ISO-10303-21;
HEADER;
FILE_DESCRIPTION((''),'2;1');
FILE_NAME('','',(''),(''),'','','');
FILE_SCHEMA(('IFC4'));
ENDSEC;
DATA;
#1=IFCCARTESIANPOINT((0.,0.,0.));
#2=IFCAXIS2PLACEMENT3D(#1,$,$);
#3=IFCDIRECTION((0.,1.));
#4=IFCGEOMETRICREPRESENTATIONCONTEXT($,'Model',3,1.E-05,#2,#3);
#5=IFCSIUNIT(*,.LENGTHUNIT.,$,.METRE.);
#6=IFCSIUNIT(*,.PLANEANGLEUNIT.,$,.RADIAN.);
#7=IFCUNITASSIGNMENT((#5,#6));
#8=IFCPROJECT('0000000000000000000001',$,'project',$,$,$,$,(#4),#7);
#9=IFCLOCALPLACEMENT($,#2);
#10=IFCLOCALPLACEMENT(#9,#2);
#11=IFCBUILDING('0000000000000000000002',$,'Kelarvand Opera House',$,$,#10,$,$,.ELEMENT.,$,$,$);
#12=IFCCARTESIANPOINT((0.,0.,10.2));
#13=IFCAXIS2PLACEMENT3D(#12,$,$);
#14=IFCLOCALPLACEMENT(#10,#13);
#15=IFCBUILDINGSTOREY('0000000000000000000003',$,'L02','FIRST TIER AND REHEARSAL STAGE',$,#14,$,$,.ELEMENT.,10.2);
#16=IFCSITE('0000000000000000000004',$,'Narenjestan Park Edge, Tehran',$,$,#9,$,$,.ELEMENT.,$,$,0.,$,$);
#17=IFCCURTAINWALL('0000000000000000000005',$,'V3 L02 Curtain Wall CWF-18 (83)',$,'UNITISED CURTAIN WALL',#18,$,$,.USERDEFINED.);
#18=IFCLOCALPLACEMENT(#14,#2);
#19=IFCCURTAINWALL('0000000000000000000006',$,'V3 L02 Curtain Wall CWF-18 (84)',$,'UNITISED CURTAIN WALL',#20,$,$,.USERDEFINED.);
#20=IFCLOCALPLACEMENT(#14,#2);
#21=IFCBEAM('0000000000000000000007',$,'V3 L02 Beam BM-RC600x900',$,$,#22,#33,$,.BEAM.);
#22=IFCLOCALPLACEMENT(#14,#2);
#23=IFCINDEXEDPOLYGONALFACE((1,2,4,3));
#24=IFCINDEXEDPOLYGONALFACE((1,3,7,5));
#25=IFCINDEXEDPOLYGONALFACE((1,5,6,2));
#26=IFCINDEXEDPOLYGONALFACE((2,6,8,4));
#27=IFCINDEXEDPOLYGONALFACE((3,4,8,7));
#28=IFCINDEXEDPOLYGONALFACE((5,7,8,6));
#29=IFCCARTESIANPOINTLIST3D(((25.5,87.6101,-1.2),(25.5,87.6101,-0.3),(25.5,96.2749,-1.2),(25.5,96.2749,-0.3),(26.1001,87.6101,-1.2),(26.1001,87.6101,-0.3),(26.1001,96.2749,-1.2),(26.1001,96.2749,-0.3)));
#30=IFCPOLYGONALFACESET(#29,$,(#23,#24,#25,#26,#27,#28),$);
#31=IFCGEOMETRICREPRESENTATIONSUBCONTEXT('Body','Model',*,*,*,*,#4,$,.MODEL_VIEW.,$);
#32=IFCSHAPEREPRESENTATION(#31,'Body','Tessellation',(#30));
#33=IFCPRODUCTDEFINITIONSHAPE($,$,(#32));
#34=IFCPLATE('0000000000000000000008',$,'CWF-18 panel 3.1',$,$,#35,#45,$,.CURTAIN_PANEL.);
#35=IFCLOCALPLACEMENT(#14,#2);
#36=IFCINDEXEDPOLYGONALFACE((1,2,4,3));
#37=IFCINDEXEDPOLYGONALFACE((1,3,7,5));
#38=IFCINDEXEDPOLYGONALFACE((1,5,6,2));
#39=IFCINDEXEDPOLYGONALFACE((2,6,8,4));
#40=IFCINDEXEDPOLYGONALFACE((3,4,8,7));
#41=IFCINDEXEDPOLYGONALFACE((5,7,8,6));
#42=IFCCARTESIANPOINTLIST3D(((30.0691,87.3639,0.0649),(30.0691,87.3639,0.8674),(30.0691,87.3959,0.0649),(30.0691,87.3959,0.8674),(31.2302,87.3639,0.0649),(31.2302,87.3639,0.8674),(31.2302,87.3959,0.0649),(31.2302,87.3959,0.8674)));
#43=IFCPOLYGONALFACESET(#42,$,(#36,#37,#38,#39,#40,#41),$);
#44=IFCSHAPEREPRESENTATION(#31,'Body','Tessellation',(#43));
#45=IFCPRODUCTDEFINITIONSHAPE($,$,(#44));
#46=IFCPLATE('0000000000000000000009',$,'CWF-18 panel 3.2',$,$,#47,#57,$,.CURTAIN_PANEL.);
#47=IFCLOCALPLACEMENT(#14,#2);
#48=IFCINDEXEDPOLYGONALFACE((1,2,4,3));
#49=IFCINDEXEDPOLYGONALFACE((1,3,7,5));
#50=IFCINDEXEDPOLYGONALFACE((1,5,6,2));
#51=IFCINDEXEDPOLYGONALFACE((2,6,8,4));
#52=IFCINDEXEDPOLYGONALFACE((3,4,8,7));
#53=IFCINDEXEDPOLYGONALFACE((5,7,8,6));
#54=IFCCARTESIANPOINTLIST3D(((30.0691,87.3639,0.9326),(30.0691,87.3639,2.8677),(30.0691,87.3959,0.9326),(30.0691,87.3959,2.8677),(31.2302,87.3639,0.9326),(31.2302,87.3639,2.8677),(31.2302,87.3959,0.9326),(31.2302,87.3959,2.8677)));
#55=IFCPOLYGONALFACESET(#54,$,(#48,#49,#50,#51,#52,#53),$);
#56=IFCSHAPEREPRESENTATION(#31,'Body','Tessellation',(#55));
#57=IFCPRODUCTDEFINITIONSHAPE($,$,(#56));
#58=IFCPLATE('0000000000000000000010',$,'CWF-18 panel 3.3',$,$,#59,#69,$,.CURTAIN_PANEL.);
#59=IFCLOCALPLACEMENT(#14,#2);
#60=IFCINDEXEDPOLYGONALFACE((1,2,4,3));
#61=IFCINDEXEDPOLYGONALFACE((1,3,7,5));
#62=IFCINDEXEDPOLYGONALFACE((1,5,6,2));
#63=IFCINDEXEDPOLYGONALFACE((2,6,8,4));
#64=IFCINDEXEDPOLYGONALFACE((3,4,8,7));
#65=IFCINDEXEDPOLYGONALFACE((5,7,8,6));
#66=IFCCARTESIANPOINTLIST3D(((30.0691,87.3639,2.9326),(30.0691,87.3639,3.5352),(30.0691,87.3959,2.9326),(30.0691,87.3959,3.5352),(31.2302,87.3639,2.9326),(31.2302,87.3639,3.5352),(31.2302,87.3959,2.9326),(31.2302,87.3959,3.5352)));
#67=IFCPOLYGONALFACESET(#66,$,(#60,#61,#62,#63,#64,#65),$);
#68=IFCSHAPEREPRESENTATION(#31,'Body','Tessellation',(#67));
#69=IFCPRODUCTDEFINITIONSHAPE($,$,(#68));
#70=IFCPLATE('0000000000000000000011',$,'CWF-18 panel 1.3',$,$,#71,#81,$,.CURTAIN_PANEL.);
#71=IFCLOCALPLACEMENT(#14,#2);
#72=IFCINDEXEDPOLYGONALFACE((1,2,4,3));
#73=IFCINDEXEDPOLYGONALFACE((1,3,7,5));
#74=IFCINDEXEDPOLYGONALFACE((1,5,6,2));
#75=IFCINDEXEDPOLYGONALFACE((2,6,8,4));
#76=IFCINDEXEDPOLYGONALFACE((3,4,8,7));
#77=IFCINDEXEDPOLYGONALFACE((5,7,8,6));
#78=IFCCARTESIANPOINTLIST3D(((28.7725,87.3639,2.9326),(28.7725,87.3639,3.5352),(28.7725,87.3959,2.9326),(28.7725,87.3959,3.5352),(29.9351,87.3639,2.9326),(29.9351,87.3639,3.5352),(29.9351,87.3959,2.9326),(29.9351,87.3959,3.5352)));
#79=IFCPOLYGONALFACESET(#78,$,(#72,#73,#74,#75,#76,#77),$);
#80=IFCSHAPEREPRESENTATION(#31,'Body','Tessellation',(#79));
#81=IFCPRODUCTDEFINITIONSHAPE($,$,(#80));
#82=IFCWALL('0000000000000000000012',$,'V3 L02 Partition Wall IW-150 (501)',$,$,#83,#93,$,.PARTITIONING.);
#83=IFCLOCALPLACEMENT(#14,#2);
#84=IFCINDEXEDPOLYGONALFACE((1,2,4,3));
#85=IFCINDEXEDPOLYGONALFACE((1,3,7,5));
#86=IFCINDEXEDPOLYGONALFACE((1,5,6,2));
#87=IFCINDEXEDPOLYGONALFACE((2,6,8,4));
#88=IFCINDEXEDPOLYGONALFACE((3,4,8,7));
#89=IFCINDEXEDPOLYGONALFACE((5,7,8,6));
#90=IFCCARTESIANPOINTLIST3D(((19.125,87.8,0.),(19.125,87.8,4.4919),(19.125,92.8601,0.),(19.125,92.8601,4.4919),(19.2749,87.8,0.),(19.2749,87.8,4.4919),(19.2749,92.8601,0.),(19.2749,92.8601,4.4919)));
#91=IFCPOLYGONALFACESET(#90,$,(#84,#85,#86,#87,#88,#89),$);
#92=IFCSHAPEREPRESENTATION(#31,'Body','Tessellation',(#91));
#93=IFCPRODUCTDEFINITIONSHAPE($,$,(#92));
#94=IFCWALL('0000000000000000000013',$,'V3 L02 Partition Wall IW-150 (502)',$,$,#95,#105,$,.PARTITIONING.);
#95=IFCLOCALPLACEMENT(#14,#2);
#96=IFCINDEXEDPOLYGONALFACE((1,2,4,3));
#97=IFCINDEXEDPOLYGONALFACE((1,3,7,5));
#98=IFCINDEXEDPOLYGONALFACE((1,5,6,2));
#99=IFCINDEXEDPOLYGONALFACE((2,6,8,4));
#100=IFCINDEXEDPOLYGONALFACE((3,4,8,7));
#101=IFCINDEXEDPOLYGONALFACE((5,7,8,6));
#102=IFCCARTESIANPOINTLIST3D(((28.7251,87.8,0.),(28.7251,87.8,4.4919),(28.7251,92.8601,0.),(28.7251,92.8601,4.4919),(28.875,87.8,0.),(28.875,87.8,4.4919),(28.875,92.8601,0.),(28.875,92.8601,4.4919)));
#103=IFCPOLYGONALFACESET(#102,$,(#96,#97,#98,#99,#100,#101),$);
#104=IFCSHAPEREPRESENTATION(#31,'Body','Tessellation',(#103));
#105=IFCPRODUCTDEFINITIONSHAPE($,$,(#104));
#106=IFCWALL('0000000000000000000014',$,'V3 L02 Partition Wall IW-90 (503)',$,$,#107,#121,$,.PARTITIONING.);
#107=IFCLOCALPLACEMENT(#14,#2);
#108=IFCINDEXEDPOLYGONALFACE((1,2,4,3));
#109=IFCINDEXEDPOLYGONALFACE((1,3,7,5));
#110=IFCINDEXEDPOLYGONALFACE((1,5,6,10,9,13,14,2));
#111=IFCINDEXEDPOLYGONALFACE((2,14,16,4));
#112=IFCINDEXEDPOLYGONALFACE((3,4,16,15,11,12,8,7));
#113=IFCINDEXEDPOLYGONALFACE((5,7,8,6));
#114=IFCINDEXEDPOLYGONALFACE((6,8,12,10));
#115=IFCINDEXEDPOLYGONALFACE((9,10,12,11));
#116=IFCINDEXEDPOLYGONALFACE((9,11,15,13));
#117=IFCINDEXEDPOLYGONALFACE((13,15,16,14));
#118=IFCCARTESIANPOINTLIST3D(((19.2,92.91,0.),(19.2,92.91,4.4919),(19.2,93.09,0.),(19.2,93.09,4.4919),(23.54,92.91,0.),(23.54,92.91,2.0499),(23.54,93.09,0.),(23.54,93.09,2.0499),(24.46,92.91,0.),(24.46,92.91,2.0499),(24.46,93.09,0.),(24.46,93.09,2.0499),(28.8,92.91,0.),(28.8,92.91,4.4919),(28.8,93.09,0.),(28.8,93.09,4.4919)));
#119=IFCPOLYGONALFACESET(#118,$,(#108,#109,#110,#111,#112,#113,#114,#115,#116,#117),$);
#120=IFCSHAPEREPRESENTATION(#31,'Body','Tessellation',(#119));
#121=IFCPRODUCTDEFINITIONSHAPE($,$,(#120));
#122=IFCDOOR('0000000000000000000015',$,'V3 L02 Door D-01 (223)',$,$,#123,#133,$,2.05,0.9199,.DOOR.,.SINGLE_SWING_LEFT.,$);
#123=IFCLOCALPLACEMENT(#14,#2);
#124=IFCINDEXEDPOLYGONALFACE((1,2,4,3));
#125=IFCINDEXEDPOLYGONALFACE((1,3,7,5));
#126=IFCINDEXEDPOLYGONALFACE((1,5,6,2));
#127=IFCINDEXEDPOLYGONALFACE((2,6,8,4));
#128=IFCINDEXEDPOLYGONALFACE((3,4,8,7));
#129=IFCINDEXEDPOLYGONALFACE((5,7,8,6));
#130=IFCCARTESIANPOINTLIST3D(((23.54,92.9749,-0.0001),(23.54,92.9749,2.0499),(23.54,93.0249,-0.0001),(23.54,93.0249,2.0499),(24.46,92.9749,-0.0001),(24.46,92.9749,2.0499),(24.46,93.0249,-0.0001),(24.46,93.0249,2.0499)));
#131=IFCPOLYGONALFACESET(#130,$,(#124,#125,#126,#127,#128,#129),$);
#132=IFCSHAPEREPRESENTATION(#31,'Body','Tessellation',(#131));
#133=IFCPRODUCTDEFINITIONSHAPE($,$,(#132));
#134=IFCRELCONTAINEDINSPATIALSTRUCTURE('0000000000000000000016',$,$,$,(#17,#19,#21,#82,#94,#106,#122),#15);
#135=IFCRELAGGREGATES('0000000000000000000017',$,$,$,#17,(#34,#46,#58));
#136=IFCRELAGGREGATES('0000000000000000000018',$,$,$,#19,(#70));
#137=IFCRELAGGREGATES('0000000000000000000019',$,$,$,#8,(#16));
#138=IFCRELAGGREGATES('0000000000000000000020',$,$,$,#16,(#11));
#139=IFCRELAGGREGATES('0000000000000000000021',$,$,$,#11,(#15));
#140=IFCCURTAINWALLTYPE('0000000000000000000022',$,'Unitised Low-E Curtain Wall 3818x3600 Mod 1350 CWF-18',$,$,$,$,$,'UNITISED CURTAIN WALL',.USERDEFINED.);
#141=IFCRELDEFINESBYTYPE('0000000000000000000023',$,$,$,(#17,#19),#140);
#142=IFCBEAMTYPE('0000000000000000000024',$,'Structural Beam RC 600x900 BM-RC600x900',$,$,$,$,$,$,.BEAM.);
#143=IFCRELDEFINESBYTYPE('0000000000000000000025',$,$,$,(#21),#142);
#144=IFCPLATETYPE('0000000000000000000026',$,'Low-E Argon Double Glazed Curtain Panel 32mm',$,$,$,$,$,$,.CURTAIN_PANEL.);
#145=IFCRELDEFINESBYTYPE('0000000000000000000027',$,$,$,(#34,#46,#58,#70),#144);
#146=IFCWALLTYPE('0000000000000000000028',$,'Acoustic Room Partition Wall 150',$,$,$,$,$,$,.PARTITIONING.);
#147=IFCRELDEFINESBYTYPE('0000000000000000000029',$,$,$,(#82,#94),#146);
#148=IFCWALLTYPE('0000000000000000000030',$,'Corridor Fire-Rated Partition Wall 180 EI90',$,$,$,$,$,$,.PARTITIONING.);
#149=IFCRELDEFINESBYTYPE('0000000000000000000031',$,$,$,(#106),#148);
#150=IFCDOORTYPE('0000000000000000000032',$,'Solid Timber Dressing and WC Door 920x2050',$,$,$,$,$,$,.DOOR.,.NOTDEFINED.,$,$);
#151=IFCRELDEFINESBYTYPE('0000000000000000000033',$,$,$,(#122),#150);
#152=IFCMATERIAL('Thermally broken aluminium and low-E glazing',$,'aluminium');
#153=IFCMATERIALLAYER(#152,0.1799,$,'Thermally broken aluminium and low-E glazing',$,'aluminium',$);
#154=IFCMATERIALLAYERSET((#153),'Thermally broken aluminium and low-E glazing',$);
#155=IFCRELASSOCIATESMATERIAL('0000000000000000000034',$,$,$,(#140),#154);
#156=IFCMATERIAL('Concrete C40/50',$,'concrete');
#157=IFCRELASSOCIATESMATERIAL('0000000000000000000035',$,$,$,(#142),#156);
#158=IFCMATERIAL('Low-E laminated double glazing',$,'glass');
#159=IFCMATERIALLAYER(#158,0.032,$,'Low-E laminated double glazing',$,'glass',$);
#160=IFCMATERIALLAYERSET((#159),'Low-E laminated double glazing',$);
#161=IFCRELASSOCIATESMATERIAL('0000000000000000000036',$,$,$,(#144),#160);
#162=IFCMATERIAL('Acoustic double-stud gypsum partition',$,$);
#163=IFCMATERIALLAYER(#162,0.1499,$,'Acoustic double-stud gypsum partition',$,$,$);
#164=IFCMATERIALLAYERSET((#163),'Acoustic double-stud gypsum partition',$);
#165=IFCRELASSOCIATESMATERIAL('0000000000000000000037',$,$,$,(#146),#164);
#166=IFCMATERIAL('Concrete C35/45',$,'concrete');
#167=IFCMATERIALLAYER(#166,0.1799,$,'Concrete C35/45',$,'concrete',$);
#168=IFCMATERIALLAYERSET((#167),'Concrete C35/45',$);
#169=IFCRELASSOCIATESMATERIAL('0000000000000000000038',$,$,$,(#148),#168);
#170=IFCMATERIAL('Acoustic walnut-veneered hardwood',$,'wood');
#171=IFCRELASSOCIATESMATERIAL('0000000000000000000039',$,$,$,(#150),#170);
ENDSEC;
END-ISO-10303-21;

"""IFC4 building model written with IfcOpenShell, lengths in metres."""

from ifc_helpers import new_model, si_unit, direction, frame, frame_2d, origin, origin_2d, place, context, subcontext, project, spatial, rectangle, extrude, material, layer, layer_set, material_profile, profile_set, type_object, element, fill, aggregate, save


model = new_model("IFC4")

# Units and contexts
model_context = context("Model", 3, precision=1e-05, world=origin(), true_north=direction((0.0, 1.0)))
body_context = subcontext(model_context, "Body", "Model", "MODEL_VIEW")
ifc_project = project(units=[si_unit("LENGTHUNIT", "METRE"), si_unit("PLANEANGLEUNIT", "RADIAN")], contexts=[model_context])

# Site, building, storey
site_placement = place(None, origin())
site = spatial("IfcSite", under=ifc_project, at=site_placement, Name="Narenjestan Park Edge, Tehran", CompositionType="ELEMENT", RefElevation=0.0)
building_placement = place(site_placement, origin())
building = spatial("IfcBuilding", under=site, at=building_placement, Name="Kelarvand Opera House", CompositionType="ELEMENT")
storey_placement = place(building_placement, frame((0.0, 0.0, 10.2)))
storey = spatial("IfcBuildingStorey", under=building, at=storey_placement, Name="L02", Description="FIRST TIER AND REHEARSAL STAGE", CompositionType="ELEMENT", Elevation=10.2)

# Shared definitions
ifc_material_1 = material(Name="Concrete C40/50", Category="concrete")

# Curtain wall
ifc_material_2 = material(Name="Thermally broken aluminium and low-E glazing", Category="aluminium")
ifc_layer_1 = layer(ifc_material_2, 0.1799, Name="Thermally broken aluminium and low-E glazing", Category="aluminium")
ifc_layer_set_1 = layer_set([ifc_layer_1], Name="Thermally broken aluminium and low-E glazing")
curtain_wall_type = type_object("IfcCurtainWallType", Name="Unitised Low-E Curtain Wall 3818x3600 Mod 1350 CWF-18", ElementType="UNITISED CURTAIN WALL", PredefinedType="USERDEFINED", material=ifc_layer_set_1)
curtain_wall_1_placement = place(storey_placement, origin())
curtain_wall_1 = element("IfcCurtainWall", 1, at=curtain_wall_1_placement, inside=storey, type_object=curtain_wall_type, Name="V3 L02 Curtain Wall CWF-18 (83)", ObjectType="UNITISED CURTAIN WALL", PredefinedType="USERDEFINED")

# Curtain wall
curtain_wall_2_placement = place(storey_placement, origin())
curtain_wall_2 = element("IfcCurtainWall", 2, at=curtain_wall_2_placement, inside=storey, type_object=curtain_wall_type, Name="V3 L02 Curtain Wall CWF-18 (84)", ObjectType="UNITISED CURTAIN WALL", PredefinedType="USERDEFINED")

# Beam
ifc_material_profile_1 = material_profile(ifc_material_1, rectangle(XDim=0.6001, YDim=0.8999, at=origin_2d()), Name="RC 600x900", Category="concrete")
ifc_profile_set_1 = profile_set([ifc_material_profile_1], Name="Concrete C40/50")
beam_type_1 = type_object("IfcBeamType", Name="Structural Beam RC 600x900 BM-RC600x900", PredefinedType="BEAM", material=ifc_profile_set_1)
beam_placement = place(storey_placement, frame((25.8, 87.6101, -0.75), z_axis=(0.0, 1.0, 0.0), x_axis=(-1.0, 0.0, 0.0)))
element("IfcBeam", 3, at=beam_placement, inside=storey, type_object=beam_type_1, Name="V3 L02 Beam BM-RC600x900", PredefinedType="BEAM", context=body_context, shape_type="SweptSolid", body=[
    extrude(rectangle(XDim=0.6001, YDim=0.8999, at=origin_2d()), origin(), (0.0, 0.0, 1.0), 8.6648),
])

# Plates
ifc_material_3 = material(Name="Low-E laminated double glazing", Category="glass")
ifc_layer_2 = layer(ifc_material_3, 0.032, Name="Low-E laminated double glazing", Category="glass")
ifc_layer_set_2 = layer_set([ifc_layer_2], Name="Low-E laminated double glazing")
plate_type = type_object("IfcPlateType", Name="Low-E Argon Double Glazed Curtain Panel 32mm", PredefinedType="CURTAIN_PANEL", material=ifc_layer_set_2)
plate_1_placement = place(storey_placement, frame((30.6497, 87.3799, 0.0649), z_axis=(0.0, 0.0, 1.0), x_axis=(-1.0, 0.0, 0.0)))
plate_1 = element("IfcPlate", 4, at=plate_1_placement, type_object=plate_type, Name="CWF-18 panel 3.1", PredefinedType="CURTAIN_PANEL", context=body_context, shape_type="SweptSolid", body=[
    extrude(rectangle(XDim=1.1611, YDim=0.032, at=origin_2d()), origin(), (0.0, 0.0, 1.0), 0.8025),
])
plate_2_placement = place(storey_placement, frame((30.6497, 87.3799, 0.9326), z_axis=(0.0, 0.0, 1.0), x_axis=(-1.0, 0.0, 0.0)))
plate_2 = element("IfcPlate", 5, at=plate_2_placement, type_object=plate_type, Name="CWF-18 panel 3.2", PredefinedType="CURTAIN_PANEL", context=body_context, shape_type="SweptSolid", body=[
    extrude(rectangle(XDim=1.1611, YDim=0.032, at=origin_2d()), origin(), (0.0, 0.0, 1.0), 1.9351),
])
plate_3_placement = place(storey_placement, frame((30.6497, 87.3799, 2.9326), z_axis=(0.0, 0.0, 1.0), x_axis=(-1.0, 0.0, 0.0)))
plate_3 = element("IfcPlate", 6, at=plate_3_placement, type_object=plate_type, Name="CWF-18 panel 3.3", PredefinedType="CURTAIN_PANEL", context=body_context, shape_type="SweptSolid", body=[
    extrude(rectangle(XDim=1.1611, YDim=0.032, at=origin_2d()), origin(), (0.0, 0.0, 1.0), 0.6025),
])
aggregate(curtain_wall_1, [plate_1, plate_2, plate_3])
plate_4_placement = place(storey_placement, frame((29.3538, 87.3799, 2.9326), z_axis=(0.0, 0.0, 1.0), x_axis=(-1.0, 0.0, 0.0)))
plate_4 = element("IfcPlate", 7, at=plate_4_placement, type_object=plate_type, Name="CWF-18 panel 1.3", PredefinedType="CURTAIN_PANEL", context=body_context, shape_type="SweptSolid", body=[
    extrude(rectangle(XDim=1.1626, YDim=0.032, at=origin_2d()), origin(), (0.0, 0.0, 1.0), 0.6025),
])
aggregate(curtain_wall_2, [plate_4])

# Walls
ifc_material_4 = material(Name="Acoustic double-stud gypsum partition")
ifc_layer_3 = layer(ifc_material_4, 0.1499, Name="Acoustic double-stud gypsum partition")
ifc_layer_set_3 = layer_set([ifc_layer_3], Name="Acoustic double-stud gypsum partition")
wall_type_1 = type_object("IfcWallType", Name="Acoustic Room Partition Wall 150", PredefinedType="PARTITIONING", material=ifc_layer_set_3)
for number, where, z_axis, x_axis, name in (
    (8, (19.2, 87.8, 0.0), (0.0, 0.0, 1.0), (0.0, 1.0, 0.0), "V3 L02 Partition Wall IW-150 (501)"),
    (9, (28.8, 87.8, 0.0), (0.0, 0.0, 1.0), (0.0, 1.0, 0.0), "V3 L02 Partition Wall IW-150 (502)"),
):
    element("IfcWall", number, at=place(storey_placement, frame(where, z_axis=z_axis, x_axis=x_axis)), inside=storey, type_object=wall_type_1, Name=name, PredefinedType="PARTITIONING", context=body_context, shape_type="SweptSolid", body=[
        extrude(rectangle(XDim=5.0601, YDim=0.1499, at=frame_2d((2.53, 0.0))), origin(), (0.0, 0.0, 1.0), 4.4919),
    ])

# Wall, opening, door
ifc_material_5 = material(Name="Concrete C35/45", Category="concrete")
ifc_layer_4 = layer(ifc_material_5, 0.1799, Name="Concrete C35/45", Category="concrete")
ifc_layer_set_4 = layer_set([ifc_layer_4], Name="Concrete C35/45")
wall_type_2 = type_object("IfcWallType", Name="Corridor Fire-Rated Partition Wall 180 EI90", PredefinedType="PARTITIONING", material=ifc_layer_set_4)
wall_placement = place(storey_placement, frame((19.2, 93.0, 0.0), z_axis=(0.0, 0.0, 1.0), x_axis=(1.0, 0.0, 0.0)))
wall = element("IfcWall", 10, at=wall_placement, inside=storey, type_object=wall_type_2, Name="V3 L02 Partition Wall IW-90 (503)", PredefinedType="PARTITIONING", context=body_context, shape_type="SweptSolid", body=[
    extrude(rectangle(XDim=9.6001, YDim=0.1799, at=frame_2d((4.8, 0.0))), origin(), (0.0, 0.0, 1.0), 4.4919),
])
opening_placement = place(wall_placement, frame((4.3401, 0.0, 0.0)))
opening = element("IfcOpeningElement", 11, at=opening_placement, cuts=wall, PredefinedType="OPENING", context=body_context, shape_type="SweptSolid", body=[
    extrude(rectangle(XDim=0.9199, YDim=2.05, at=frame_2d((0.46, 1.0249))), frame((0.0, 0.1001, 0.0), z_axis=(0.0, -1.0, 0.0), x_axis=(1.0, 0.0, 0.0)), (0.0, 0.0, 1.0), 0.2),
])
ifc_material_6 = material(Name="Acoustic walnut-veneered hardwood", Category="wood")
door_type = type_object("IfcDoorType", Name="Solid Timber Dressing and WC Door 920x2050", OperationType="NOTDEFINED", PredefinedType="DOOR", material=ifc_material_6)
door_placement = place(opening_placement, origin())
door = element("IfcDoor", 12, at=door_placement, inside=storey, type_object=door_type, Name="V3 L02 Door D-01 (223)", OperationType="SINGLE_SWING_LEFT", OverallHeight=2.05, OverallWidth=0.9199, PredefinedType="DOOR", context=body_context, shape_type="SweptSolid", body=[
    extrude(rectangle(XDim=0.9199, YDim=2.05, at=frame_2d((0.46, 1.0249))), frame((0.0, 0.0249, 0.0), z_axis=(0.0, -1.0, 0.0), x_axis=(1.0, 0.0, 0.0)), (0.0, 0.0, 1.0), 0.05),
])
fill(opening, door)

save(model, "model.ifc")
